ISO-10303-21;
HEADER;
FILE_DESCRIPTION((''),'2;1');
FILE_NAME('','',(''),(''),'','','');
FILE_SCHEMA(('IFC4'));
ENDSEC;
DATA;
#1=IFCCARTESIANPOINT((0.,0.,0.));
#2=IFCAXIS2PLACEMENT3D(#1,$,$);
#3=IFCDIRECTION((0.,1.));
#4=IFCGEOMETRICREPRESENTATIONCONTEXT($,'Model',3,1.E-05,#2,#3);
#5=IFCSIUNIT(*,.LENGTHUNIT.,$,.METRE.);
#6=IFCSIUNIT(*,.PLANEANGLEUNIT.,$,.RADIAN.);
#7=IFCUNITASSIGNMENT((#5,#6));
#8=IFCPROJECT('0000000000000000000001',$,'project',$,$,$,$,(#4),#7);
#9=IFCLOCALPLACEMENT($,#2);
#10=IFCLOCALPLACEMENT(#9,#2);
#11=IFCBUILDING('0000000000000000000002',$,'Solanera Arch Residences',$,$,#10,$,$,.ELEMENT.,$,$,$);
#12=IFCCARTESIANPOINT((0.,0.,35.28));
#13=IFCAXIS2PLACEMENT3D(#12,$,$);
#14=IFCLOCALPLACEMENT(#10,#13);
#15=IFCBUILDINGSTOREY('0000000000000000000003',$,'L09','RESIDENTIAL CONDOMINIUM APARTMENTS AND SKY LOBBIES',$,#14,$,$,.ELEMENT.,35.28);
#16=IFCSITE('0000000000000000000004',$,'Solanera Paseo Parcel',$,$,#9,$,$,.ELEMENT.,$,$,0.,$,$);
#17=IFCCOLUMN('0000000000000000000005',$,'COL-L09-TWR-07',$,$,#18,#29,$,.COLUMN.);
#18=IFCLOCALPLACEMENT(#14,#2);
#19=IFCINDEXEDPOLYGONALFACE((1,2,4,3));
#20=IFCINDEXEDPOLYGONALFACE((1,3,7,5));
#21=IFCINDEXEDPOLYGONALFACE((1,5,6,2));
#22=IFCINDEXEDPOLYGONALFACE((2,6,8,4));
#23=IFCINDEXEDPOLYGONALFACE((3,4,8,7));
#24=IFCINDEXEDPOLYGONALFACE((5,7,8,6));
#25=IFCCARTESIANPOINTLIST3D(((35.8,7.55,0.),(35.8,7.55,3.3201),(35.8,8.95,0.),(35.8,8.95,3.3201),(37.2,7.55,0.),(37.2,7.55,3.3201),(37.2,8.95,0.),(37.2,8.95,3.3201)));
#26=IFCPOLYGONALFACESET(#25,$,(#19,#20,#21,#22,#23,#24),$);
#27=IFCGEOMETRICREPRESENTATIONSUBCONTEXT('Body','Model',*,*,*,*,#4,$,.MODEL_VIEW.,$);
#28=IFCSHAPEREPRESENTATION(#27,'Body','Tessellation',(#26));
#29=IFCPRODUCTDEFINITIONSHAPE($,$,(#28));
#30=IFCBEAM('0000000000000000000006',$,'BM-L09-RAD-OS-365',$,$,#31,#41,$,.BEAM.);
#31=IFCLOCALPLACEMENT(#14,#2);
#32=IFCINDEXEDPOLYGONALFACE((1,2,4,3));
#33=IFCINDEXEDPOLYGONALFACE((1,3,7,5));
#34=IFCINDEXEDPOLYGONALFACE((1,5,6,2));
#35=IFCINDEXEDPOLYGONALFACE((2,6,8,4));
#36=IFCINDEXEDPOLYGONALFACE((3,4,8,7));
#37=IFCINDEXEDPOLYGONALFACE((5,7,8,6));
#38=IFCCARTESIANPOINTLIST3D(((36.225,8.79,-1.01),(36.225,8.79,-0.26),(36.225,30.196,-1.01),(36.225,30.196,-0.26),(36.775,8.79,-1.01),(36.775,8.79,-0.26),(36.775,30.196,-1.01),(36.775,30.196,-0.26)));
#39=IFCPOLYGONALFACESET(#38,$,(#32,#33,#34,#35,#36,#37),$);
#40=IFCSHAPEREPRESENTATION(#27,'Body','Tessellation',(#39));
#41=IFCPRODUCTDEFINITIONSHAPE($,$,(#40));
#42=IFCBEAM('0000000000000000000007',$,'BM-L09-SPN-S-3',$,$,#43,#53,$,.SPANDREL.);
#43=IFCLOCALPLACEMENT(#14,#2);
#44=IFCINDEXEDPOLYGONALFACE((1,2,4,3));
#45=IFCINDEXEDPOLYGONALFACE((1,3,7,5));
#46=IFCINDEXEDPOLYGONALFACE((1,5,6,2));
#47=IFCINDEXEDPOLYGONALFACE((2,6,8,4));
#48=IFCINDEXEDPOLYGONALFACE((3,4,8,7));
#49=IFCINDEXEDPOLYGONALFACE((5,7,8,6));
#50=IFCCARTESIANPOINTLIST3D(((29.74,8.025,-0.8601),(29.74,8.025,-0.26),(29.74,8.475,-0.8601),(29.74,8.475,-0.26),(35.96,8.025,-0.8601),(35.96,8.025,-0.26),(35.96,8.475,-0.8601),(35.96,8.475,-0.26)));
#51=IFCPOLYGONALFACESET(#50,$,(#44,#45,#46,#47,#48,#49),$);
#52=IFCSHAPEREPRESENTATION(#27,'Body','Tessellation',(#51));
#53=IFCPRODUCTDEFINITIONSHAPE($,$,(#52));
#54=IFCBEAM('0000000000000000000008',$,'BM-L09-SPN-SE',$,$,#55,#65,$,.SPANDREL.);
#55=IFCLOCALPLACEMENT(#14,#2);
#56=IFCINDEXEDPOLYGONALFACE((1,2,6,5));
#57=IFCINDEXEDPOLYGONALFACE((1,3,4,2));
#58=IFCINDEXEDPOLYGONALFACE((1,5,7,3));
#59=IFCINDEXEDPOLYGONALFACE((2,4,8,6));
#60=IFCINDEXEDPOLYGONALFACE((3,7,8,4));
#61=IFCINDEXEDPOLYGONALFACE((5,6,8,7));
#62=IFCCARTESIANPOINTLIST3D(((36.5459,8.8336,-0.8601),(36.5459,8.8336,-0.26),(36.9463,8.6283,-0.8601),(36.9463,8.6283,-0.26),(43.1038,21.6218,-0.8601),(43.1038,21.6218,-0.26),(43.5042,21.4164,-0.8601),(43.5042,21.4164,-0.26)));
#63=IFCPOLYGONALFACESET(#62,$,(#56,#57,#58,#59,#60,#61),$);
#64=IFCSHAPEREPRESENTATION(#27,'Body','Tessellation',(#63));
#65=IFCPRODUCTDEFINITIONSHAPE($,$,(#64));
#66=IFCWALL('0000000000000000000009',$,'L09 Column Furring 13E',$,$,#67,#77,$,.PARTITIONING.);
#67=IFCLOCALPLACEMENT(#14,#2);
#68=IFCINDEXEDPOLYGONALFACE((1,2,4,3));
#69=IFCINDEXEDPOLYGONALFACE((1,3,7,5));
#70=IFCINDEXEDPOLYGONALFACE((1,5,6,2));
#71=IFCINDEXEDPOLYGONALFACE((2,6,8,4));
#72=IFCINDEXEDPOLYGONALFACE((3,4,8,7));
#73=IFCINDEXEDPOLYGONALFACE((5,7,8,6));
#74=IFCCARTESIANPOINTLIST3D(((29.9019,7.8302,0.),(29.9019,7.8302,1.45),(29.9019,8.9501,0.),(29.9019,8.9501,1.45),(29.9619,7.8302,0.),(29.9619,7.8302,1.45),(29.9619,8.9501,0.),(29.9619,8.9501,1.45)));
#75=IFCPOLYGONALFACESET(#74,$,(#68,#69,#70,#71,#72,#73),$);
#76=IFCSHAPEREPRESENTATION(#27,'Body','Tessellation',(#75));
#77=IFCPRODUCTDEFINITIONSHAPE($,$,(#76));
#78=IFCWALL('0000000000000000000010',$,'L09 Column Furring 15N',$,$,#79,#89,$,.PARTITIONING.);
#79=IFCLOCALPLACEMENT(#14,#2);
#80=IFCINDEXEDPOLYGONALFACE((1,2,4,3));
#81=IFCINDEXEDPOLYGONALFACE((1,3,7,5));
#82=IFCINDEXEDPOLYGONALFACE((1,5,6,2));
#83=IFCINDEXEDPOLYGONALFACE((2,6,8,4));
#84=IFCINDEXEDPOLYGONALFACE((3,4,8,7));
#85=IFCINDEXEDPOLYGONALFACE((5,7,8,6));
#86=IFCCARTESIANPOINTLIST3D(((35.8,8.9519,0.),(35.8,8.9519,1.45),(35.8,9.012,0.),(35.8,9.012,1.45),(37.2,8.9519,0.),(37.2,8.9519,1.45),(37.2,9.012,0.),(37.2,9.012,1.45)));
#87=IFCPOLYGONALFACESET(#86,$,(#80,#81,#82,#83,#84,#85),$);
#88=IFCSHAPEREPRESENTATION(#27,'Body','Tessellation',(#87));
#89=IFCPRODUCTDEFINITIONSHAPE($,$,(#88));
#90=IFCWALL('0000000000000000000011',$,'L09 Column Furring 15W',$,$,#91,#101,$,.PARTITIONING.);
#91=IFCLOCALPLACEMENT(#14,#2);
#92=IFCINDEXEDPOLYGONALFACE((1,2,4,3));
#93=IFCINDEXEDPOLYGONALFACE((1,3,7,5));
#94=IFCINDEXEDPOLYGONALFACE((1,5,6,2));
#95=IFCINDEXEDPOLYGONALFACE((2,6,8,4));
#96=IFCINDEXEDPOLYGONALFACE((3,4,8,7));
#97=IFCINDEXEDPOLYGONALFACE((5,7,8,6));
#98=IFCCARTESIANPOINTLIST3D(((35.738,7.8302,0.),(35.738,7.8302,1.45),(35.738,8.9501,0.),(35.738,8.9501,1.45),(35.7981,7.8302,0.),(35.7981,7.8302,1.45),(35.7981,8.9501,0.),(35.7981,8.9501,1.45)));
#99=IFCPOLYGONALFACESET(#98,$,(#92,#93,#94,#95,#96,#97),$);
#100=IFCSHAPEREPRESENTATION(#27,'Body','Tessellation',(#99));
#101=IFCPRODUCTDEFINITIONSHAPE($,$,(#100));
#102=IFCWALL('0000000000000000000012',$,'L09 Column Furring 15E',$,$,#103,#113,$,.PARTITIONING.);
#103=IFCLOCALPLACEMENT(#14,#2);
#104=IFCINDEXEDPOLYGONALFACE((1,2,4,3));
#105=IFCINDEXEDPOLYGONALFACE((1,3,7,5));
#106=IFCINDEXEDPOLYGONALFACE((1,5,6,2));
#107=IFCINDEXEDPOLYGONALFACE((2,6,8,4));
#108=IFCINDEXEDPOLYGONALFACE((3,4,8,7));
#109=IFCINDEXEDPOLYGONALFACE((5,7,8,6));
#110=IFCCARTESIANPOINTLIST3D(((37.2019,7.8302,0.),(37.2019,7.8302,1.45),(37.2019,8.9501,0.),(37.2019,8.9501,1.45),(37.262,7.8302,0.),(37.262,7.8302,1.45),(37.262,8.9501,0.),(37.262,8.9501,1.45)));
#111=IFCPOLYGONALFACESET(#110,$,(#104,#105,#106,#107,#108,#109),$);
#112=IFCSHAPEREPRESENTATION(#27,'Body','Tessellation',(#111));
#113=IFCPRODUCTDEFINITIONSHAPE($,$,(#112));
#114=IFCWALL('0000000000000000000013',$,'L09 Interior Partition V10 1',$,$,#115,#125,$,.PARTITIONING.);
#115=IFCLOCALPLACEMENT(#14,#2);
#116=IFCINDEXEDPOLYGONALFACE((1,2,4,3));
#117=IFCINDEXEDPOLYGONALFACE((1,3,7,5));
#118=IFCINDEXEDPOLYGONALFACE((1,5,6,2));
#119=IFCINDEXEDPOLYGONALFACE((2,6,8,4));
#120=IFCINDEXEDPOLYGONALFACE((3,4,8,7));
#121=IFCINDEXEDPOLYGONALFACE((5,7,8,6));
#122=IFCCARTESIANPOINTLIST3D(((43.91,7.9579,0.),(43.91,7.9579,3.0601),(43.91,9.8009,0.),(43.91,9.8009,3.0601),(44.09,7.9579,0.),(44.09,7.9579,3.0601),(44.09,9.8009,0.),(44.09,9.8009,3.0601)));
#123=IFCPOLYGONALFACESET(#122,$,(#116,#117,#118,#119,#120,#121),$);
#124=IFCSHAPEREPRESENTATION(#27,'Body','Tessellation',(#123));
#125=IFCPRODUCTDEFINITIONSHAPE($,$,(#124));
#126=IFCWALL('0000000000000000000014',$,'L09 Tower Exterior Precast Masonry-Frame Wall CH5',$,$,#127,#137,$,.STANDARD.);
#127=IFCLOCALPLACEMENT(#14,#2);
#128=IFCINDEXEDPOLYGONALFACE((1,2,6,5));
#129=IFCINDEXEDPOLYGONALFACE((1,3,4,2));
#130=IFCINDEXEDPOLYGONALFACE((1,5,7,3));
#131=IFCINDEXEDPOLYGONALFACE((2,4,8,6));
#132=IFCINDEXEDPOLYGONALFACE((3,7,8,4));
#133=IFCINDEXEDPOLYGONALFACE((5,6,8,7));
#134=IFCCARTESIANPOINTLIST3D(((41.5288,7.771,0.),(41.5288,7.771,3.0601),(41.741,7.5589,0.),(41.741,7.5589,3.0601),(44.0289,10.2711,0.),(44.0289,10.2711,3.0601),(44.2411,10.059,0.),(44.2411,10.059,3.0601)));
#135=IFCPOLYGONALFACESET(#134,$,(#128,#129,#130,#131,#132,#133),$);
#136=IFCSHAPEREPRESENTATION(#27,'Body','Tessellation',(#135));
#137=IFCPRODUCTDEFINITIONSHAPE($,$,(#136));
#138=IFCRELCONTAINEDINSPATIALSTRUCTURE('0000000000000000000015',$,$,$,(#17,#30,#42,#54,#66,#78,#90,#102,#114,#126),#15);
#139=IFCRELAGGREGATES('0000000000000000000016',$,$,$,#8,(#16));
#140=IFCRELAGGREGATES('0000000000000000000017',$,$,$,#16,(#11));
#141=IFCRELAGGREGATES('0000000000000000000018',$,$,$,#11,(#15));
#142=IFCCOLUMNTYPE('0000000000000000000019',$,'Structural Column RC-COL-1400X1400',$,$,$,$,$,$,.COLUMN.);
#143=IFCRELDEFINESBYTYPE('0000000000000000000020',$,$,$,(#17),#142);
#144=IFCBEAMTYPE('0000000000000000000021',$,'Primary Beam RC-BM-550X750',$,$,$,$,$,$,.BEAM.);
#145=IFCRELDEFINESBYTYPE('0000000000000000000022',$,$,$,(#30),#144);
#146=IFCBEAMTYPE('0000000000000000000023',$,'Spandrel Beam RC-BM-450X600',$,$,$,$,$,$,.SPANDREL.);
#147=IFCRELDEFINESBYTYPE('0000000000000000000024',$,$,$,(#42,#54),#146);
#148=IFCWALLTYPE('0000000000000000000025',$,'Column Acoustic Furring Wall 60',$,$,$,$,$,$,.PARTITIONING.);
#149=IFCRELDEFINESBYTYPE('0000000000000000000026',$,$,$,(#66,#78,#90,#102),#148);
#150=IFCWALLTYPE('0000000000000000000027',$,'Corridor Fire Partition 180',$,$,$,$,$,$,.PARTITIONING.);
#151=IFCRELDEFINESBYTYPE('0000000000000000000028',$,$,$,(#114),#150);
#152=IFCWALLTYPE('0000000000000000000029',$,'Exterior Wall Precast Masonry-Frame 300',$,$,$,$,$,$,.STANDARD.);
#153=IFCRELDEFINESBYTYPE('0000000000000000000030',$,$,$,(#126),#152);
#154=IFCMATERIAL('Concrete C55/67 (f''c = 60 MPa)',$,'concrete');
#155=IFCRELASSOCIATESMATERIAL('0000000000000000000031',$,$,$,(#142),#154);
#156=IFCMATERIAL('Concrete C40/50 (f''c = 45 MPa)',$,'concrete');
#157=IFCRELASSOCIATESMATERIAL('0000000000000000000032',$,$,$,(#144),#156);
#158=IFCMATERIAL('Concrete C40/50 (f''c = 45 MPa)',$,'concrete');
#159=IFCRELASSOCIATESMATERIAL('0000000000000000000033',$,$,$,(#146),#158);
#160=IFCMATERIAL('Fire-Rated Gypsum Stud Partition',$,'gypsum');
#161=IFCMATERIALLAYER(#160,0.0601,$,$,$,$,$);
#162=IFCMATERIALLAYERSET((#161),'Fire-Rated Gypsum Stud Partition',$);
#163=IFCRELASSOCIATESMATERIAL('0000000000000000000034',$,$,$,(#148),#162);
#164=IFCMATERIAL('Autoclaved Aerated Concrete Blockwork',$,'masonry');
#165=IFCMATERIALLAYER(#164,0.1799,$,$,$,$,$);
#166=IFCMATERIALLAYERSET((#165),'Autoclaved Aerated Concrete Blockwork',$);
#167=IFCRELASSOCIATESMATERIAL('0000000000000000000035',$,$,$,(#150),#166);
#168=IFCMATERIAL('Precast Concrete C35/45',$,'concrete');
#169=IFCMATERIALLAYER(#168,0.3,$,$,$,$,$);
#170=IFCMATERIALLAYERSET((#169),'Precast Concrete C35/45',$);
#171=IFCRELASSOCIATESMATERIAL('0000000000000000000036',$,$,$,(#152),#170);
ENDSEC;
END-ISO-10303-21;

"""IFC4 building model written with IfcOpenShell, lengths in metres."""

from ifc_helpers import new_model, si_unit, direction, frame, frame_2d, origin, origin_2d, place, context, subcontext, project, spatial, rectangle, extrude, material, layer, layer_set, material_profile, profile_set, type_object, element, save


model = new_model("IFC4")

# Units and contexts
model_context = context("Model", 3, precision=1e-05, world=origin(), true_north=direction((0.0, 1.0)))
body_context = subcontext(model_context, "Body", "Model", "MODEL_VIEW")
ifc_project = project(units=[si_unit("LENGTHUNIT", "METRE"), si_unit("PLANEANGLEUNIT", "RADIAN")], contexts=[model_context])

# Site, building, storey
site_placement = place(None, origin())
site = spatial("IfcSite", under=ifc_project, at=site_placement, Name="Solanera Paseo Parcel", CompositionType="ELEMENT", RefElevation=0.0)
building_placement = place(site_placement, origin())
building = spatial("IfcBuilding", under=site, at=building_placement, Name="Solanera Arch Residences", CompositionType="ELEMENT")
storey_placement = place(building_placement, frame((0.0, 0.0, 35.28)))
storey = spatial("IfcBuildingStorey", under=building, at=storey_placement, Name="L09", Description="RESIDENTIAL CONDOMINIUM APARTMENTS AND SKY LOBBIES", CompositionType="ELEMENT", Elevation=35.28)

# Column
ifc_material_1 = material(Name="Concrete C55/67 (f'c = 60 MPa)", Category="concrete")
ifc_material_profile_1 = material_profile(ifc_material_1, rectangle(XDim=1.3999, YDim=1.3999, at=origin_2d()))
ifc_profile_set_1 = profile_set([ifc_material_profile_1], Name="Concrete C55/67 (f'c = 60 MPa)")
column_type = type_object("IfcColumnType", Name="Structural Column RC-COL-1400X1400", PredefinedType="COLUMN", material=ifc_profile_set_1)
column_placement = place(storey_placement, frame((36.5, 8.25, 0.0), z_axis=(0.0, 0.0, 1.0), x_axis=(1.0, 0.0, 0.0)))
element("IfcColumn", 1, at=column_placement, inside=storey, type_object=column_type, Name="COL-L09-TWR-07", PredefinedType="COLUMN", context=body_context, shape_type="SweptSolid", body=[
    extrude(rectangle(XDim=1.3999, YDim=1.3999, at=origin_2d()), origin(), (0.0, 0.0, 1.0), 3.3201),
])

# Beams
ifc_material_2 = material(Name="Concrete C40/50 (f'c = 45 MPa)", Category="concrete")
ifc_material_profile_2 = material_profile(ifc_material_2, rectangle(XDim=0.55, YDim=0.75, at=origin_2d()))
ifc_profile_set_2 = profile_set([ifc_material_profile_2], Name="Concrete C40/50 (f'c = 45 MPa)")
beam_type_1 = type_object("IfcBeamType", Name="Primary Beam RC-BM-550X750", PredefinedType="BEAM", material=ifc_profile_set_2)
beam_1_placement = place(storey_placement, frame((36.5, 8.79, -0.635), z_axis=(0.0, 1.0, 0.0), x_axis=(-1.0, 0.0, 0.0)))
element("IfcBeam", 2, at=beam_1_placement, inside=storey, type_object=beam_type_1, Name="BM-L09-RAD-OS-365", PredefinedType="BEAM", context=body_context, shape_type="SweptSolid", body=[
    extrude(rectangle(XDim=0.55, YDim=0.75, at=origin_2d()), origin(), (0.0, 0.0, 1.0), 21.406),
])
ifc_material_3 = material(Name="Concrete C40/50 (f'c = 45 MPa)", Category="concrete")
ifc_material_profile_3 = material_profile(ifc_material_3, rectangle(XDim=0.45, YDim=0.6001, at=origin_2d()))
ifc_profile_set_3 = profile_set([ifc_material_profile_3], Name="Concrete C40/50 (f'c = 45 MPa)")
beam_type_2 = type_object("IfcBeamType", Name="Spandrel Beam RC-BM-450X600", PredefinedType="SPANDREL", material=ifc_profile_set_3)
beam_2_placement = place(storey_placement, frame((29.74, 8.25, -0.5601), z_axis=(1.0, 0.0, 0.0), x_axis=(0.0, 1.0, 0.0)))
element("IfcBeam", 3, at=beam_2_placement, inside=storey, type_object=beam_type_2, Name="BM-L09-SPN-S-3", PredefinedType="SPANDREL", context=body_context, shape_type="SweptSolid", body=[
    extrude(rectangle(XDim=0.45, YDim=0.6001, at=origin_2d()), origin(), (0.0, 0.0, 1.0), 6.22),
])
beam_3_placement = place(storey_placement, frame((36.7461, 8.731, -0.5601), z_axis=(0.456309, 0.889821, 0.0), x_axis=(-0.889821, 0.456309, 0.0)))
element("IfcBeam", 4, at=beam_3_placement, inside=storey, type_object=beam_type_2, Name="BM-L09-SPN-SE", PredefinedType="SPANDREL", context=body_context, shape_type="SweptSolid", body=[
    extrude(rectangle(XDim=0.45, YDim=0.6001, at=origin_2d()), origin(), (0.0, 0.0, 1.0), 14.3716),
])

# Walls
ifc_material_4 = material(Name="Fire-Rated Gypsum Stud Partition", Category="gypsum")
ifc_layer_1 = layer(ifc_material_4, 0.0601)
ifc_layer_set_1 = layer_set([ifc_layer_1], Name="Fire-Rated Gypsum Stud Partition")
wall_type_1 = type_object("IfcWallType", Name="Column Acoustic Furring Wall 60", PredefinedType="PARTITIONING", material=ifc_layer_set_1)
wall_1_placement = place(storey_placement, frame((29.9319, 7.8301, 0.0), z_axis=(0.0, 0.0, 1.0), x_axis=(0.0, 1.0, 0.0)))
element("IfcWall", 5, at=wall_1_placement, inside=storey, type_object=wall_type_1, Name="L09 Column Furring 13E", PredefinedType="PARTITIONING", context=body_context, shape_type="SweptSolid", body=[
    extrude(rectangle(XDim=1.1199, YDim=0.0601, at=frame_2d((0.5601, 0.0))), origin(), (0.0, 0.0, 1.0), 1.45),
])
wall_2_placement = place(storey_placement, frame((35.8, 8.9819, 0.0), z_axis=(0.0, 0.0, 1.0), x_axis=(1.0, 0.0, 0.0)))
element("IfcWall", 6, at=wall_2_placement, inside=storey, type_object=wall_type_1, Name="L09 Column Furring 15N", PredefinedType="PARTITIONING", context=body_context, shape_type="SweptSolid", body=[
    extrude(rectangle(XDim=1.3999, YDim=0.0601, at=frame_2d((0.7, 0.0))), origin(), (0.0, 0.0, 1.0), 1.45),
])
for number, where, z_axis, x_axis, name in (
    (7, (35.7681, 7.8301, 0.0), (0.0, 0.0, 1.0), (0.0, 1.0, 0.0), "L09 Column Furring 15W"),
    (8, (37.2319, 7.8301, 0.0), (0.0, 0.0, 1.0), (0.0, 1.0, 0.0), "L09 Column Furring 15E"),
):
    element("IfcWall", number, at=place(storey_placement, frame(where, z_axis=z_axis, x_axis=x_axis)), inside=storey, type_object=wall_type_1, Name=name, PredefinedType="PARTITIONING", context=body_context, shape_type="SweptSolid", body=[
        extrude(rectangle(XDim=1.1199, YDim=0.0601, at=frame_2d((0.5601, 0.0))), origin(), (0.0, 0.0, 1.0), 1.45),
    ])
ifc_material_5 = material(Name="Autoclaved Aerated Concrete Blockwork", Category="masonry")
ifc_layer_2 = layer(ifc_material_5, 0.1799)
ifc_layer_set_2 = layer_set([ifc_layer_2], Name="Autoclaved Aerated Concrete Blockwork")
wall_type_2 = type_object("IfcWallType", Name="Corridor Fire Partition 180", PredefinedType="PARTITIONING", material=ifc_layer_set_2)
wall_3_placement = place(storey_placement, frame((44.0, 7.958, 0.0), z_axis=(0.0, 0.0, 1.0), x_axis=(0.0, 1.0, 0.0)))
element("IfcWall", 9, at=wall_3_placement, inside=storey, type_object=wall_type_2, Name="L09 Interior Partition V10 1", PredefinedType="PARTITIONING", context=body_context, shape_type="SweptSolid", body=[
    extrude(rectangle(XDim=1.843, YDim=0.1799, at=frame_2d((0.9214, 0.0))), origin(), (0.0, 0.0, 1.0), 3.0601),
])
ifc_material_6 = material(Name="Precast Concrete C35/45", Category="concrete")
ifc_layer_3 = layer(ifc_material_6, 0.3)
ifc_layer_set_3 = layer_set([ifc_layer_3], Name="Precast Concrete C35/45")
wall_type_3 = type_object("IfcWallType", Name="Exterior Wall Precast Masonry-Frame 300", PredefinedType="STANDARD", material=ifc_layer_set_3)
wall_4_placement = place(storey_placement, frame((44.135, 10.165, 0.0), z_axis=(0.0, 0.0, 1.0), x_axis=(-0.707107, -0.707107, 0.0)))
element("IfcWall", 10, at=wall_4_placement, inside=storey, type_object=wall_type_3, Name="L09 Tower Exterior Precast Masonry-Frame Wall CH5", PredefinedType="STANDARD", context=body_context, shape_type="SweptSolid", body=[
    extrude(rectangle(XDim=3.5356, YDim=0.3, at=frame_2d((1.7678, 0.0))), origin(), (0.0, 0.0, 1.0), 3.0601),
])

save(model, "model.ifc")
